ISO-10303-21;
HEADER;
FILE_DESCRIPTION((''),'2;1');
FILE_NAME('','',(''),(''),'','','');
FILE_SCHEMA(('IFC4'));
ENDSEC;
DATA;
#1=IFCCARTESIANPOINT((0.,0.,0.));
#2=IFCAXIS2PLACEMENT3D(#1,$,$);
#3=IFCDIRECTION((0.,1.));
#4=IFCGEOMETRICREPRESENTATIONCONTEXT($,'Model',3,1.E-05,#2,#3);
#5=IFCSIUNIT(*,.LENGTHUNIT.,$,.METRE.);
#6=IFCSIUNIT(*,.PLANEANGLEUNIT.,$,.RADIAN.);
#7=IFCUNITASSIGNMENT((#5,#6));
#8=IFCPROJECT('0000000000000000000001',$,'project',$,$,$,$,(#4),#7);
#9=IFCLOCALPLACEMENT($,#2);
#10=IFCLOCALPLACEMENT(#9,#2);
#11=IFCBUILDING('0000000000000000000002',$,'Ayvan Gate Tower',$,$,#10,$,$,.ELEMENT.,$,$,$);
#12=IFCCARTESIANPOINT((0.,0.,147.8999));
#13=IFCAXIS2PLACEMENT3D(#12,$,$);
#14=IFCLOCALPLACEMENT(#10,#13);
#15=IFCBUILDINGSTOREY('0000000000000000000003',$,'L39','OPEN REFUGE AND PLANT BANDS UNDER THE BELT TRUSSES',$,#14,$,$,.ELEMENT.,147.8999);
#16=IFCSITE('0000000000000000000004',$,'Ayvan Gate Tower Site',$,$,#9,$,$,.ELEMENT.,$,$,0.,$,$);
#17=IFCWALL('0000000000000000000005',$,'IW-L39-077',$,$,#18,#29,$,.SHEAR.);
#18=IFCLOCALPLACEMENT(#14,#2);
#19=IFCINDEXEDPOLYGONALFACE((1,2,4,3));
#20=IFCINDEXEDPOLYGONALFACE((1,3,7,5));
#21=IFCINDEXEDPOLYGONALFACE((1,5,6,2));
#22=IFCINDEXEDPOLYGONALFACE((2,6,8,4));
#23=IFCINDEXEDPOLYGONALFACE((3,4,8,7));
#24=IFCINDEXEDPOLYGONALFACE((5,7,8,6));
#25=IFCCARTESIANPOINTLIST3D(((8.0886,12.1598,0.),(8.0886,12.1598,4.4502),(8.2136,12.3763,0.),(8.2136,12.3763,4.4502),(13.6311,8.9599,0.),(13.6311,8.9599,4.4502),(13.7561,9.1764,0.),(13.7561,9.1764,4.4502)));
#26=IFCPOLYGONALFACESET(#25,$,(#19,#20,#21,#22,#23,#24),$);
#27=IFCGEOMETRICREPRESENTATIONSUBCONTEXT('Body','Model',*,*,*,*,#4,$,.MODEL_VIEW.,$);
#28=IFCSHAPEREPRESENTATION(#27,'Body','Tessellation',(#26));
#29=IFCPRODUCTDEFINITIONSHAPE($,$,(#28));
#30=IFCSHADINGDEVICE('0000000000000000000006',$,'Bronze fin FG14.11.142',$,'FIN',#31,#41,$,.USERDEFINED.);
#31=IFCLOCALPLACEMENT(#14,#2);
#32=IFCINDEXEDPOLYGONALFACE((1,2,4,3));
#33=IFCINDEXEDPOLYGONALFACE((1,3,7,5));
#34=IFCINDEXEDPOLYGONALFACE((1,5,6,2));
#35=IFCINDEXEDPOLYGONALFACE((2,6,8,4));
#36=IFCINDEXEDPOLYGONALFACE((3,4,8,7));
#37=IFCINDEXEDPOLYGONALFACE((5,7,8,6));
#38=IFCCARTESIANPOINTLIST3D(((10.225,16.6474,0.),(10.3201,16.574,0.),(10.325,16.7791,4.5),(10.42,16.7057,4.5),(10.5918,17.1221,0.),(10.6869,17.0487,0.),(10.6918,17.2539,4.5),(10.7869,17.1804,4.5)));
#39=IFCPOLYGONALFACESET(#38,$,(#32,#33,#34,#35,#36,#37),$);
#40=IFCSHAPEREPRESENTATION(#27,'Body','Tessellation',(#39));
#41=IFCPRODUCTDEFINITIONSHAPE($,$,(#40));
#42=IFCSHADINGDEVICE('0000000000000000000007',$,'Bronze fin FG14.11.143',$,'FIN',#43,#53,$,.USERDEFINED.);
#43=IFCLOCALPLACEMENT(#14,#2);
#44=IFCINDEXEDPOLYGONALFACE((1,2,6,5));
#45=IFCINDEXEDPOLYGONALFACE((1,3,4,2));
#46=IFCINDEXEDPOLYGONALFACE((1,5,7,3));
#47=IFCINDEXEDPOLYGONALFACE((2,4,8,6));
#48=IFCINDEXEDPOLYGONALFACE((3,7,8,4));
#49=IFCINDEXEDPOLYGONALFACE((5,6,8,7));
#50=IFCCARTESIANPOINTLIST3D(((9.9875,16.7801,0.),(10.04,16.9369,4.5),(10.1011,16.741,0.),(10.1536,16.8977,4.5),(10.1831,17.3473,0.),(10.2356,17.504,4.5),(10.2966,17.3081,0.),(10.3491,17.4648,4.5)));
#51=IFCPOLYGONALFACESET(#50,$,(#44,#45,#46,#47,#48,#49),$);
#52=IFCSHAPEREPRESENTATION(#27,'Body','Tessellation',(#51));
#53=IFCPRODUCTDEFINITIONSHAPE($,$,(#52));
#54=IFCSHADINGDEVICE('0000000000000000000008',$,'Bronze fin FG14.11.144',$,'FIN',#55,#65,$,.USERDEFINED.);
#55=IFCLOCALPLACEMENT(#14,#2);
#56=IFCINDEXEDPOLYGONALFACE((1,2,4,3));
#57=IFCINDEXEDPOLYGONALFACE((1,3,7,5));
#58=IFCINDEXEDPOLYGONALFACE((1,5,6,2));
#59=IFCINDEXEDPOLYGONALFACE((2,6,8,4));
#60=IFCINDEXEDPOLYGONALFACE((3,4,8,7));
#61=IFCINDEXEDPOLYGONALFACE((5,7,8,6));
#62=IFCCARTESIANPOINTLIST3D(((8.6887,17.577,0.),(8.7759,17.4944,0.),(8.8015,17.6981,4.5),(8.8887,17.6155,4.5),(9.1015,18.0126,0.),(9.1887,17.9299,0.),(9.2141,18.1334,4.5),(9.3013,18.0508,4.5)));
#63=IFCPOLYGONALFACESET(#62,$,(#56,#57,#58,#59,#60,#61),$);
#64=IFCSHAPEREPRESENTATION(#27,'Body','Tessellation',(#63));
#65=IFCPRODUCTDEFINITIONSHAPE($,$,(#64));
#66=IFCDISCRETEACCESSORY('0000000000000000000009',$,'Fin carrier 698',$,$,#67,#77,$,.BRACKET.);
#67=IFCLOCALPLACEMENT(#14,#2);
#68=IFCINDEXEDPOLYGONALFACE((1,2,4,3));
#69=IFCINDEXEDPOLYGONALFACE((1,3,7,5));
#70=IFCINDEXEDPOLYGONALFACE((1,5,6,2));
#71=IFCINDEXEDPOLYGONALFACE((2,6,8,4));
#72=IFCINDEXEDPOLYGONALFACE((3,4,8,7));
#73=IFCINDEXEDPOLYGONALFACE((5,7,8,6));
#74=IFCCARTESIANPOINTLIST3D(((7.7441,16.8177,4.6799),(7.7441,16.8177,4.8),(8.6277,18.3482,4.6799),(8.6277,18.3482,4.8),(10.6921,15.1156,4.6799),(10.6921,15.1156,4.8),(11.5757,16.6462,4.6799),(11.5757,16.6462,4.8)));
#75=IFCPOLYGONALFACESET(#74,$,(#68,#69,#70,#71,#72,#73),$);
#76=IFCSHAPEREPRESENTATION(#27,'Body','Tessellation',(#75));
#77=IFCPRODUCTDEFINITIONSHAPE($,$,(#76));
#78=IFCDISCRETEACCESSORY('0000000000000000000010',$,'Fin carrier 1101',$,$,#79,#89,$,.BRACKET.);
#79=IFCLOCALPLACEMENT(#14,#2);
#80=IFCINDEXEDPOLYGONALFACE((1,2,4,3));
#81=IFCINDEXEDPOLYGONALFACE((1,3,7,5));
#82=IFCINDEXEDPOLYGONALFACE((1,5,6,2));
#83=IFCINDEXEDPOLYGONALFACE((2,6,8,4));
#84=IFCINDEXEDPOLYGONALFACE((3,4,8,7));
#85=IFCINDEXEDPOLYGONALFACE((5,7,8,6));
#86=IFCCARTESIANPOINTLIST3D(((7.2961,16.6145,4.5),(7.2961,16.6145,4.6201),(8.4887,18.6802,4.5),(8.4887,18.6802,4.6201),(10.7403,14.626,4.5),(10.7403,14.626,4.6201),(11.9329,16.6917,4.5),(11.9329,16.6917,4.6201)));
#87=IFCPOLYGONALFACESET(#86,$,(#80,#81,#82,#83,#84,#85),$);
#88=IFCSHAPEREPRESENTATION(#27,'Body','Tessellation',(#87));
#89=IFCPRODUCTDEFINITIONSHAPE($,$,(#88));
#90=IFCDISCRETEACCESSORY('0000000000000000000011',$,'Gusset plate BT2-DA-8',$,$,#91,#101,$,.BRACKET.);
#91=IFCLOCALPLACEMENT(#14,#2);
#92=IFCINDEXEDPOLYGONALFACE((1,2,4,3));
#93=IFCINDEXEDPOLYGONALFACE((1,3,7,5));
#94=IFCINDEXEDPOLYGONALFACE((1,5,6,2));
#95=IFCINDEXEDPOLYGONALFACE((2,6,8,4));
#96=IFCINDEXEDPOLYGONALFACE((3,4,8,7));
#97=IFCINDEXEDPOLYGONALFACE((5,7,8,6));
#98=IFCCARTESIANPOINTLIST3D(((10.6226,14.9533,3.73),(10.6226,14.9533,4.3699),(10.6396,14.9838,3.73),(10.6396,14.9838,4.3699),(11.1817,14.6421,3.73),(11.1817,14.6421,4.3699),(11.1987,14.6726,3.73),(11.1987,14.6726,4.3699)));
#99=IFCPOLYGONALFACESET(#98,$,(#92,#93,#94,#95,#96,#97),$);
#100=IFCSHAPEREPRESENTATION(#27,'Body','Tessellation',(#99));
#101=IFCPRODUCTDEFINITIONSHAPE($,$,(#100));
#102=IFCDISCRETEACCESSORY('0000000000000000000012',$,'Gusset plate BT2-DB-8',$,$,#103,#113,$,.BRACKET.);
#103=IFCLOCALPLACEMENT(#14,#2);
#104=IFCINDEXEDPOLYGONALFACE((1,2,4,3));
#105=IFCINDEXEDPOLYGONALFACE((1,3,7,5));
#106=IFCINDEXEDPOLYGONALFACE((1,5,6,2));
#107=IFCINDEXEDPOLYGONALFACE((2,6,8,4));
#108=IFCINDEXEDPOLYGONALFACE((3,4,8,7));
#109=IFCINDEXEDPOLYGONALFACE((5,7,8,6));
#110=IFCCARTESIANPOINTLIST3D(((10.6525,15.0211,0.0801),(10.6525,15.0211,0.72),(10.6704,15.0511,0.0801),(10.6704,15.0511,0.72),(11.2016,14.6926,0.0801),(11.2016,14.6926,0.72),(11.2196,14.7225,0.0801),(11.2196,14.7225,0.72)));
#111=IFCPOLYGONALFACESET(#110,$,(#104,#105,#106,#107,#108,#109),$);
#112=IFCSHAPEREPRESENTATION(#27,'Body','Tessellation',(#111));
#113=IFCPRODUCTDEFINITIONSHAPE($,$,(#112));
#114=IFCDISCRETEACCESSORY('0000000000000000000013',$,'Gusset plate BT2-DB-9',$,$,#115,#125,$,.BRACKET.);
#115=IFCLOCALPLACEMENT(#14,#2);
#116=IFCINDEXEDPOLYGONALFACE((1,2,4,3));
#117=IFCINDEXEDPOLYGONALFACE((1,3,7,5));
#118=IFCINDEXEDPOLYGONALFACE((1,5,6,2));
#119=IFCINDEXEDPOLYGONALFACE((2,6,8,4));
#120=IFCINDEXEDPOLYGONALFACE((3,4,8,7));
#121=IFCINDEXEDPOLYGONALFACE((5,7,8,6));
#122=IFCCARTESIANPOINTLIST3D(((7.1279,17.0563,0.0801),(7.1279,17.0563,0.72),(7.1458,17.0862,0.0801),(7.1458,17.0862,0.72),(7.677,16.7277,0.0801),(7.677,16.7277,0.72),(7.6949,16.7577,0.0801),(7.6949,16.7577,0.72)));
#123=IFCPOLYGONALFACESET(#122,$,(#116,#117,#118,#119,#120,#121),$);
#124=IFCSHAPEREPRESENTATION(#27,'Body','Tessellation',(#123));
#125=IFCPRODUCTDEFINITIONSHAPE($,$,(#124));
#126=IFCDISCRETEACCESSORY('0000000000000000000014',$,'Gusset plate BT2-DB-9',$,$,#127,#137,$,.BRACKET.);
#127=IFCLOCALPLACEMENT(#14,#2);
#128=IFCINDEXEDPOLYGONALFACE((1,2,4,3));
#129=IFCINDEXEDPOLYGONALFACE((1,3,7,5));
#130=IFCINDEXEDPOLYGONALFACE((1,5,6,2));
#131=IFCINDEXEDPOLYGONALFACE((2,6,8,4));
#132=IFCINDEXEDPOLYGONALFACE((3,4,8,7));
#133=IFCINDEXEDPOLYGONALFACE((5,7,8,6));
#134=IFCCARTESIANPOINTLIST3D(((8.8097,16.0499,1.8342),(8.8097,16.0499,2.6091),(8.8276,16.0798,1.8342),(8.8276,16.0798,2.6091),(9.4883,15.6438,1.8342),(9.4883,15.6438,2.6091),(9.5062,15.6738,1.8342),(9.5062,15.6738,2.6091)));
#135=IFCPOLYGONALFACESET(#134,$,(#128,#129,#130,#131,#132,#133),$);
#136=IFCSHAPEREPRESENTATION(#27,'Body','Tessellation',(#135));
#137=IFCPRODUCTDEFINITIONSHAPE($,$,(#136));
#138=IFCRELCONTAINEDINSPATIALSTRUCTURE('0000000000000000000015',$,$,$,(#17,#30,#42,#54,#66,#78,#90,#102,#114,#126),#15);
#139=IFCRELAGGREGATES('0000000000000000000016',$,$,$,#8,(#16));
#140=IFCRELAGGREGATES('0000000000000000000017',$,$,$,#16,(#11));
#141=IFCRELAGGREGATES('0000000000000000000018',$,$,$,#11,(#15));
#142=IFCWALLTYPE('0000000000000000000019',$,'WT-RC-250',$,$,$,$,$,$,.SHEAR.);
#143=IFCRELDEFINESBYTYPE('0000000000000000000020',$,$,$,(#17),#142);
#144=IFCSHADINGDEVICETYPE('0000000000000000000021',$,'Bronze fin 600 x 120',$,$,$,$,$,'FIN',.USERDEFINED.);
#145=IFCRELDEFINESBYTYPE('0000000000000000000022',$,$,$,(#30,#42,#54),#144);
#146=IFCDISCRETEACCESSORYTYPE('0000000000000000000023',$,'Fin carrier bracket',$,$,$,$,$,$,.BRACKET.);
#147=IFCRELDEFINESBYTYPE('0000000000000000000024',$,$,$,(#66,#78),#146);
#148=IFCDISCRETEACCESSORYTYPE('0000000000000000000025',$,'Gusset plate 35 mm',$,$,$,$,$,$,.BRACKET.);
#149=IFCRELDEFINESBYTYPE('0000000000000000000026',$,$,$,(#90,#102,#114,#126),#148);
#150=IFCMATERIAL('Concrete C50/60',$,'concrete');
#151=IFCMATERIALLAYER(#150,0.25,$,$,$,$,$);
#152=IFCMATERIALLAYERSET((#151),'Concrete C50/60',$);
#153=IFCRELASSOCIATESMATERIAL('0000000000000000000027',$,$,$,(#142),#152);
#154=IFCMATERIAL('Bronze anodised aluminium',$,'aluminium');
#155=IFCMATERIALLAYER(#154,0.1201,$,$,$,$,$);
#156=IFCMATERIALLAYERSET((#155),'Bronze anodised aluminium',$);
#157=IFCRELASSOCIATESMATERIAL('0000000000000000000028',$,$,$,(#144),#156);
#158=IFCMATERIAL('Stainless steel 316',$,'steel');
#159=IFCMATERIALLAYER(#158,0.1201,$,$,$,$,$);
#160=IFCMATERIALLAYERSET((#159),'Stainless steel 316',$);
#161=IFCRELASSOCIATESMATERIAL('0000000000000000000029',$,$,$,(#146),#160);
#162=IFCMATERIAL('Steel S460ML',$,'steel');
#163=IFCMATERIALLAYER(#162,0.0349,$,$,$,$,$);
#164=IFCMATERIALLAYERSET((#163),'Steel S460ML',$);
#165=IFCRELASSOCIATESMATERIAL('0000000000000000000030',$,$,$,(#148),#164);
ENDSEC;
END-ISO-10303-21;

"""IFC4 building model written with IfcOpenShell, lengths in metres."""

from ifc_helpers import new_model, si_unit, direction, frame, frame_2d, origin, origin_2d, place, context, subcontext, project, spatial, polyline, rectangle, outline, extrude, material, layer, layer_set, type_object, element, save


model = new_model("IFC4")

# Units and contexts
model_context = context("Model", 3, precision=1e-05, world=origin(), true_north=direction((0.0, 1.0)))
body_context = subcontext(model_context, "Body", "Model", "MODEL_VIEW")
ifc_project = project(units=[si_unit("LENGTHUNIT", "METRE"), si_unit("PLANEANGLEUNIT", "RADIAN")], contexts=[model_context])

# Site, building, storey
site_placement = place(None, origin())
site = spatial("IfcSite", under=ifc_project, at=site_placement, Name="Ayvan Gate Tower Site", CompositionType="ELEMENT", RefElevation=0.0)
building_placement = place(site_placement, origin())
building = spatial("IfcBuilding", under=site, at=building_placement, Name="Ayvan Gate Tower", CompositionType="ELEMENT")
storey_placement = place(building_placement, frame((0.0, 0.0, 147.8999)))
storey = spatial("IfcBuildingStorey", under=building, at=storey_placement, Name="L39", Description="OPEN REFUGE AND PLANT BANDS UNDER THE BELT TRUSSES", CompositionType="ELEMENT", Elevation=147.8999)

# Shared definitions
ifc_material_1 = material(Name="Steel S460ML", Category="steel")

# Wall
ifc_material_2 = material(Name="Concrete C50/60", Category="concrete")
ifc_layer_1 = layer(ifc_material_2, 0.25)
ifc_layer_set_1 = layer_set([ifc_layer_1], Name="Concrete C50/60")
wall_type_1 = type_object("IfcWallType", Name="WT-RC-250", PredefinedType="SHEAR", material=ifc_layer_set_1)
wall_1_placement = place(storey_placement, frame((8.1511, 12.2681, 0.0), z_axis=(0.0, 0.0, 1.0), x_axis=(0.866025, -0.5, 0.0)))
element("IfcWall", 1, at=wall_1_placement, inside=storey, type_object=wall_type_1, Name="IW-L39-077", PredefinedType="SHEAR", context=body_context, shape_type="SweptSolid", body=[
    extrude(rectangle(XDim=6.3999, YDim=0.25, at=frame_2d((3.2, 0.0))), origin(), (0.0, 0.0, 1.0), 4.4502),
])

# Shading devices
ifc_material_3 = material(Name="Bronze anodised aluminium", Category="aluminium")
ifc_layer_2 = layer(ifc_material_3, 0.1201)
ifc_layer_set_2 = layer_set([ifc_layer_2], Name="Bronze anodised aluminium")
shading_device_type = type_object("IfcShadingDeviceType", Name="Bronze fin 600 x 120", ElementType="FIN", PredefinedType="USERDEFINED", material=ifc_layer_set_2)
shading_device_1_placement = place(storey_placement, frame((10.3201, 16.574, 0.0), z_axis=(0.791298, -0.61143, 0.000316), x_axis=(0.61143, 0.791298, 0.0)))
element("IfcShadingDevice", 2, at=shading_device_1_placement, inside=storey, type_object=shading_device_type, Name="Bronze fin FG14.11.142", ObjectType="FIN", PredefinedType="USERDEFINED", context=body_context, shape_type="SweptSolid", body=[
    extrude(outline(polyline([(0.0, 0.0), (0.5999, 0.0), (0.7653, 4.5), (0.1653, 4.5), (0.0, 0.0)])), origin(), (0.0, 0.0, -1.0), 0.1201),
])
shading_device_2_placement = place(storey_placement, frame((10.1011, 16.741, 0.0), z_axis=(0.945377, -0.325978, 0.000327), x_axis=(0.325978, 0.945377, 0.0)))
element("IfcShadingDevice", 3, at=shading_device_2_placement, inside=storey, type_object=shading_device_type, Name="Bronze fin FG14.11.143", ObjectType="FIN", PredefinedType="USERDEFINED", context=body_context, shape_type="SweptSolid", body=[
    extrude(outline(polyline([(0.0, 0.0), (0.5999, 0.0), (0.7652, 4.5), (0.1653, 4.5), (0.0, 0.0)])), origin(), (0.0, 0.0, -1.0), 0.1201),
])
shading_device_3_placement = place(storey_placement, frame((8.7759, 17.4944, 0.0), z_axis=(0.725776, -0.687931, 0.000321), x_axis=(0.687931, 0.725776, 0.0)))
element("IfcShadingDevice", 4, at=shading_device_3_placement, inside=storey, type_object=shading_device_type, Name="Bronze fin FG14.11.144", ObjectType="FIN", PredefinedType="USERDEFINED", context=body_context, shape_type="SweptSolid", body=[
    extrude(outline(polyline([(0.0, 0.0), (0.6001, 0.0), (0.7653, 4.5), (0.1655, 4.5), (0.0, 0.0)])), origin(), (0.0, 0.0, -1.0), 0.1201),
])

# Discrete accessories
ifc_material_4 = material(Name="Stainless steel 316", Category="steel")
ifc_layer_3 = layer(ifc_material_4, 0.1201)
ifc_layer_set_3 = layer_set([ifc_layer_3], Name="Stainless steel 316")
discrete_accessory_type_1 = type_object("IfcDiscreteAccessoryType", Name="Fin carrier bracket", PredefinedType="BRACKET", material=ifc_layer_set_3)
discrete_accessory_1_placement = place(storey_placement, frame((9.6599, 16.7319, 4.6799), z_axis=(0.0, 0.0, 1.0), x_axis=(-0.866025, 0.5, 0.0)))
element("IfcDiscreteAccessory", 5, at=discrete_accessory_1_placement, inside=storey, type_object=discrete_accessory_type_1, Name="Fin carrier 698", PredefinedType="BRACKET", context=body_context, shape_type="SweptSolid", body=[
    extrude(rectangle(XDim=3.4041, YDim=1.7673, at=origin_2d()), origin(), (0.0, 0.0, 1.0), 0.1201),
])
discrete_accessory_2_placement = place(storey_placement, frame((9.6145, 16.6531, 4.5), z_axis=(0.0, 0.0, 1.0), x_axis=(-0.866025, 0.5, 0.0)))
element("IfcDiscreteAccessory", 6, at=discrete_accessory_2_placement, inside=storey, type_object=discrete_accessory_type_1, Name="Fin carrier 1101", PredefinedType="BRACKET", context=body_context, shape_type="SweptSolid", body=[
    extrude(rectangle(XDim=3.9771, YDim=2.3853, at=origin_2d()), origin(), (0.0, 0.0, 1.0), 0.1201),
])
ifc_layer_4 = layer(ifc_material_1, 0.0349)
ifc_layer_set_4 = layer_set([ifc_layer_4], Name="Steel S460ML")
discrete_accessory_type_2 = type_object("IfcDiscreteAccessoryType", Name="Gusset plate 35 mm", PredefinedType="BRACKET", material=ifc_layer_set_4)
for number, where, z_axis, x_axis, name in (
    (7, (10.9106, 14.813, 3.73), (0.0, 0.0, 1.0), (-0.873759, 0.48636, 0.0), "Gusset plate BT2-DA-8"),
    (8, (10.936, 14.8718, 0.0801), (0.0, 0.0, 1.0), (-0.858137, 0.513421, 0.0), "Gusset plate BT2-DB-8"),
    (9, (7.4114, 16.907, 0.0801), (0.0, 0.0, 1.0), (-0.858108, 0.513469, 0.0), "Gusset plate BT2-DB-9"),
):
    element("IfcDiscreteAccessory", number, at=place(storey_placement, frame(where, z_axis=z_axis, x_axis=x_axis)), inside=storey, type_object=discrete_accessory_type_2, Name=name, PredefinedType="BRACKET", context=body_context, shape_type="SweptSolid", body=[
        extrude(rectangle(XDim=0.6399, YDim=0.0349, at=origin_2d()), origin(), (0.0, 0.0, 1.0), 0.6399),
    ])
discrete_accessory_3_placement = place(storey_placement, frame((9.158, 15.8618, 1.8342), z_axis=(0.0, 0.0, 1.0), x_axis=(-0.858108, 0.513469, 0.0)))
element("IfcDiscreteAccessory", 10, at=discrete_accessory_3_placement, inside=storey, type_object=discrete_accessory_type_2, Name="Gusset plate BT2-DB-9", PredefinedType="BRACKET", context=body_context, shape_type="SweptSolid", body=[
    extrude(rectangle(XDim=0.7908, YDim=0.0349, at=origin_2d()), origin(), (0.0, 0.0, 1.0), 0.7749),
])

save(model, "model.ifc")
